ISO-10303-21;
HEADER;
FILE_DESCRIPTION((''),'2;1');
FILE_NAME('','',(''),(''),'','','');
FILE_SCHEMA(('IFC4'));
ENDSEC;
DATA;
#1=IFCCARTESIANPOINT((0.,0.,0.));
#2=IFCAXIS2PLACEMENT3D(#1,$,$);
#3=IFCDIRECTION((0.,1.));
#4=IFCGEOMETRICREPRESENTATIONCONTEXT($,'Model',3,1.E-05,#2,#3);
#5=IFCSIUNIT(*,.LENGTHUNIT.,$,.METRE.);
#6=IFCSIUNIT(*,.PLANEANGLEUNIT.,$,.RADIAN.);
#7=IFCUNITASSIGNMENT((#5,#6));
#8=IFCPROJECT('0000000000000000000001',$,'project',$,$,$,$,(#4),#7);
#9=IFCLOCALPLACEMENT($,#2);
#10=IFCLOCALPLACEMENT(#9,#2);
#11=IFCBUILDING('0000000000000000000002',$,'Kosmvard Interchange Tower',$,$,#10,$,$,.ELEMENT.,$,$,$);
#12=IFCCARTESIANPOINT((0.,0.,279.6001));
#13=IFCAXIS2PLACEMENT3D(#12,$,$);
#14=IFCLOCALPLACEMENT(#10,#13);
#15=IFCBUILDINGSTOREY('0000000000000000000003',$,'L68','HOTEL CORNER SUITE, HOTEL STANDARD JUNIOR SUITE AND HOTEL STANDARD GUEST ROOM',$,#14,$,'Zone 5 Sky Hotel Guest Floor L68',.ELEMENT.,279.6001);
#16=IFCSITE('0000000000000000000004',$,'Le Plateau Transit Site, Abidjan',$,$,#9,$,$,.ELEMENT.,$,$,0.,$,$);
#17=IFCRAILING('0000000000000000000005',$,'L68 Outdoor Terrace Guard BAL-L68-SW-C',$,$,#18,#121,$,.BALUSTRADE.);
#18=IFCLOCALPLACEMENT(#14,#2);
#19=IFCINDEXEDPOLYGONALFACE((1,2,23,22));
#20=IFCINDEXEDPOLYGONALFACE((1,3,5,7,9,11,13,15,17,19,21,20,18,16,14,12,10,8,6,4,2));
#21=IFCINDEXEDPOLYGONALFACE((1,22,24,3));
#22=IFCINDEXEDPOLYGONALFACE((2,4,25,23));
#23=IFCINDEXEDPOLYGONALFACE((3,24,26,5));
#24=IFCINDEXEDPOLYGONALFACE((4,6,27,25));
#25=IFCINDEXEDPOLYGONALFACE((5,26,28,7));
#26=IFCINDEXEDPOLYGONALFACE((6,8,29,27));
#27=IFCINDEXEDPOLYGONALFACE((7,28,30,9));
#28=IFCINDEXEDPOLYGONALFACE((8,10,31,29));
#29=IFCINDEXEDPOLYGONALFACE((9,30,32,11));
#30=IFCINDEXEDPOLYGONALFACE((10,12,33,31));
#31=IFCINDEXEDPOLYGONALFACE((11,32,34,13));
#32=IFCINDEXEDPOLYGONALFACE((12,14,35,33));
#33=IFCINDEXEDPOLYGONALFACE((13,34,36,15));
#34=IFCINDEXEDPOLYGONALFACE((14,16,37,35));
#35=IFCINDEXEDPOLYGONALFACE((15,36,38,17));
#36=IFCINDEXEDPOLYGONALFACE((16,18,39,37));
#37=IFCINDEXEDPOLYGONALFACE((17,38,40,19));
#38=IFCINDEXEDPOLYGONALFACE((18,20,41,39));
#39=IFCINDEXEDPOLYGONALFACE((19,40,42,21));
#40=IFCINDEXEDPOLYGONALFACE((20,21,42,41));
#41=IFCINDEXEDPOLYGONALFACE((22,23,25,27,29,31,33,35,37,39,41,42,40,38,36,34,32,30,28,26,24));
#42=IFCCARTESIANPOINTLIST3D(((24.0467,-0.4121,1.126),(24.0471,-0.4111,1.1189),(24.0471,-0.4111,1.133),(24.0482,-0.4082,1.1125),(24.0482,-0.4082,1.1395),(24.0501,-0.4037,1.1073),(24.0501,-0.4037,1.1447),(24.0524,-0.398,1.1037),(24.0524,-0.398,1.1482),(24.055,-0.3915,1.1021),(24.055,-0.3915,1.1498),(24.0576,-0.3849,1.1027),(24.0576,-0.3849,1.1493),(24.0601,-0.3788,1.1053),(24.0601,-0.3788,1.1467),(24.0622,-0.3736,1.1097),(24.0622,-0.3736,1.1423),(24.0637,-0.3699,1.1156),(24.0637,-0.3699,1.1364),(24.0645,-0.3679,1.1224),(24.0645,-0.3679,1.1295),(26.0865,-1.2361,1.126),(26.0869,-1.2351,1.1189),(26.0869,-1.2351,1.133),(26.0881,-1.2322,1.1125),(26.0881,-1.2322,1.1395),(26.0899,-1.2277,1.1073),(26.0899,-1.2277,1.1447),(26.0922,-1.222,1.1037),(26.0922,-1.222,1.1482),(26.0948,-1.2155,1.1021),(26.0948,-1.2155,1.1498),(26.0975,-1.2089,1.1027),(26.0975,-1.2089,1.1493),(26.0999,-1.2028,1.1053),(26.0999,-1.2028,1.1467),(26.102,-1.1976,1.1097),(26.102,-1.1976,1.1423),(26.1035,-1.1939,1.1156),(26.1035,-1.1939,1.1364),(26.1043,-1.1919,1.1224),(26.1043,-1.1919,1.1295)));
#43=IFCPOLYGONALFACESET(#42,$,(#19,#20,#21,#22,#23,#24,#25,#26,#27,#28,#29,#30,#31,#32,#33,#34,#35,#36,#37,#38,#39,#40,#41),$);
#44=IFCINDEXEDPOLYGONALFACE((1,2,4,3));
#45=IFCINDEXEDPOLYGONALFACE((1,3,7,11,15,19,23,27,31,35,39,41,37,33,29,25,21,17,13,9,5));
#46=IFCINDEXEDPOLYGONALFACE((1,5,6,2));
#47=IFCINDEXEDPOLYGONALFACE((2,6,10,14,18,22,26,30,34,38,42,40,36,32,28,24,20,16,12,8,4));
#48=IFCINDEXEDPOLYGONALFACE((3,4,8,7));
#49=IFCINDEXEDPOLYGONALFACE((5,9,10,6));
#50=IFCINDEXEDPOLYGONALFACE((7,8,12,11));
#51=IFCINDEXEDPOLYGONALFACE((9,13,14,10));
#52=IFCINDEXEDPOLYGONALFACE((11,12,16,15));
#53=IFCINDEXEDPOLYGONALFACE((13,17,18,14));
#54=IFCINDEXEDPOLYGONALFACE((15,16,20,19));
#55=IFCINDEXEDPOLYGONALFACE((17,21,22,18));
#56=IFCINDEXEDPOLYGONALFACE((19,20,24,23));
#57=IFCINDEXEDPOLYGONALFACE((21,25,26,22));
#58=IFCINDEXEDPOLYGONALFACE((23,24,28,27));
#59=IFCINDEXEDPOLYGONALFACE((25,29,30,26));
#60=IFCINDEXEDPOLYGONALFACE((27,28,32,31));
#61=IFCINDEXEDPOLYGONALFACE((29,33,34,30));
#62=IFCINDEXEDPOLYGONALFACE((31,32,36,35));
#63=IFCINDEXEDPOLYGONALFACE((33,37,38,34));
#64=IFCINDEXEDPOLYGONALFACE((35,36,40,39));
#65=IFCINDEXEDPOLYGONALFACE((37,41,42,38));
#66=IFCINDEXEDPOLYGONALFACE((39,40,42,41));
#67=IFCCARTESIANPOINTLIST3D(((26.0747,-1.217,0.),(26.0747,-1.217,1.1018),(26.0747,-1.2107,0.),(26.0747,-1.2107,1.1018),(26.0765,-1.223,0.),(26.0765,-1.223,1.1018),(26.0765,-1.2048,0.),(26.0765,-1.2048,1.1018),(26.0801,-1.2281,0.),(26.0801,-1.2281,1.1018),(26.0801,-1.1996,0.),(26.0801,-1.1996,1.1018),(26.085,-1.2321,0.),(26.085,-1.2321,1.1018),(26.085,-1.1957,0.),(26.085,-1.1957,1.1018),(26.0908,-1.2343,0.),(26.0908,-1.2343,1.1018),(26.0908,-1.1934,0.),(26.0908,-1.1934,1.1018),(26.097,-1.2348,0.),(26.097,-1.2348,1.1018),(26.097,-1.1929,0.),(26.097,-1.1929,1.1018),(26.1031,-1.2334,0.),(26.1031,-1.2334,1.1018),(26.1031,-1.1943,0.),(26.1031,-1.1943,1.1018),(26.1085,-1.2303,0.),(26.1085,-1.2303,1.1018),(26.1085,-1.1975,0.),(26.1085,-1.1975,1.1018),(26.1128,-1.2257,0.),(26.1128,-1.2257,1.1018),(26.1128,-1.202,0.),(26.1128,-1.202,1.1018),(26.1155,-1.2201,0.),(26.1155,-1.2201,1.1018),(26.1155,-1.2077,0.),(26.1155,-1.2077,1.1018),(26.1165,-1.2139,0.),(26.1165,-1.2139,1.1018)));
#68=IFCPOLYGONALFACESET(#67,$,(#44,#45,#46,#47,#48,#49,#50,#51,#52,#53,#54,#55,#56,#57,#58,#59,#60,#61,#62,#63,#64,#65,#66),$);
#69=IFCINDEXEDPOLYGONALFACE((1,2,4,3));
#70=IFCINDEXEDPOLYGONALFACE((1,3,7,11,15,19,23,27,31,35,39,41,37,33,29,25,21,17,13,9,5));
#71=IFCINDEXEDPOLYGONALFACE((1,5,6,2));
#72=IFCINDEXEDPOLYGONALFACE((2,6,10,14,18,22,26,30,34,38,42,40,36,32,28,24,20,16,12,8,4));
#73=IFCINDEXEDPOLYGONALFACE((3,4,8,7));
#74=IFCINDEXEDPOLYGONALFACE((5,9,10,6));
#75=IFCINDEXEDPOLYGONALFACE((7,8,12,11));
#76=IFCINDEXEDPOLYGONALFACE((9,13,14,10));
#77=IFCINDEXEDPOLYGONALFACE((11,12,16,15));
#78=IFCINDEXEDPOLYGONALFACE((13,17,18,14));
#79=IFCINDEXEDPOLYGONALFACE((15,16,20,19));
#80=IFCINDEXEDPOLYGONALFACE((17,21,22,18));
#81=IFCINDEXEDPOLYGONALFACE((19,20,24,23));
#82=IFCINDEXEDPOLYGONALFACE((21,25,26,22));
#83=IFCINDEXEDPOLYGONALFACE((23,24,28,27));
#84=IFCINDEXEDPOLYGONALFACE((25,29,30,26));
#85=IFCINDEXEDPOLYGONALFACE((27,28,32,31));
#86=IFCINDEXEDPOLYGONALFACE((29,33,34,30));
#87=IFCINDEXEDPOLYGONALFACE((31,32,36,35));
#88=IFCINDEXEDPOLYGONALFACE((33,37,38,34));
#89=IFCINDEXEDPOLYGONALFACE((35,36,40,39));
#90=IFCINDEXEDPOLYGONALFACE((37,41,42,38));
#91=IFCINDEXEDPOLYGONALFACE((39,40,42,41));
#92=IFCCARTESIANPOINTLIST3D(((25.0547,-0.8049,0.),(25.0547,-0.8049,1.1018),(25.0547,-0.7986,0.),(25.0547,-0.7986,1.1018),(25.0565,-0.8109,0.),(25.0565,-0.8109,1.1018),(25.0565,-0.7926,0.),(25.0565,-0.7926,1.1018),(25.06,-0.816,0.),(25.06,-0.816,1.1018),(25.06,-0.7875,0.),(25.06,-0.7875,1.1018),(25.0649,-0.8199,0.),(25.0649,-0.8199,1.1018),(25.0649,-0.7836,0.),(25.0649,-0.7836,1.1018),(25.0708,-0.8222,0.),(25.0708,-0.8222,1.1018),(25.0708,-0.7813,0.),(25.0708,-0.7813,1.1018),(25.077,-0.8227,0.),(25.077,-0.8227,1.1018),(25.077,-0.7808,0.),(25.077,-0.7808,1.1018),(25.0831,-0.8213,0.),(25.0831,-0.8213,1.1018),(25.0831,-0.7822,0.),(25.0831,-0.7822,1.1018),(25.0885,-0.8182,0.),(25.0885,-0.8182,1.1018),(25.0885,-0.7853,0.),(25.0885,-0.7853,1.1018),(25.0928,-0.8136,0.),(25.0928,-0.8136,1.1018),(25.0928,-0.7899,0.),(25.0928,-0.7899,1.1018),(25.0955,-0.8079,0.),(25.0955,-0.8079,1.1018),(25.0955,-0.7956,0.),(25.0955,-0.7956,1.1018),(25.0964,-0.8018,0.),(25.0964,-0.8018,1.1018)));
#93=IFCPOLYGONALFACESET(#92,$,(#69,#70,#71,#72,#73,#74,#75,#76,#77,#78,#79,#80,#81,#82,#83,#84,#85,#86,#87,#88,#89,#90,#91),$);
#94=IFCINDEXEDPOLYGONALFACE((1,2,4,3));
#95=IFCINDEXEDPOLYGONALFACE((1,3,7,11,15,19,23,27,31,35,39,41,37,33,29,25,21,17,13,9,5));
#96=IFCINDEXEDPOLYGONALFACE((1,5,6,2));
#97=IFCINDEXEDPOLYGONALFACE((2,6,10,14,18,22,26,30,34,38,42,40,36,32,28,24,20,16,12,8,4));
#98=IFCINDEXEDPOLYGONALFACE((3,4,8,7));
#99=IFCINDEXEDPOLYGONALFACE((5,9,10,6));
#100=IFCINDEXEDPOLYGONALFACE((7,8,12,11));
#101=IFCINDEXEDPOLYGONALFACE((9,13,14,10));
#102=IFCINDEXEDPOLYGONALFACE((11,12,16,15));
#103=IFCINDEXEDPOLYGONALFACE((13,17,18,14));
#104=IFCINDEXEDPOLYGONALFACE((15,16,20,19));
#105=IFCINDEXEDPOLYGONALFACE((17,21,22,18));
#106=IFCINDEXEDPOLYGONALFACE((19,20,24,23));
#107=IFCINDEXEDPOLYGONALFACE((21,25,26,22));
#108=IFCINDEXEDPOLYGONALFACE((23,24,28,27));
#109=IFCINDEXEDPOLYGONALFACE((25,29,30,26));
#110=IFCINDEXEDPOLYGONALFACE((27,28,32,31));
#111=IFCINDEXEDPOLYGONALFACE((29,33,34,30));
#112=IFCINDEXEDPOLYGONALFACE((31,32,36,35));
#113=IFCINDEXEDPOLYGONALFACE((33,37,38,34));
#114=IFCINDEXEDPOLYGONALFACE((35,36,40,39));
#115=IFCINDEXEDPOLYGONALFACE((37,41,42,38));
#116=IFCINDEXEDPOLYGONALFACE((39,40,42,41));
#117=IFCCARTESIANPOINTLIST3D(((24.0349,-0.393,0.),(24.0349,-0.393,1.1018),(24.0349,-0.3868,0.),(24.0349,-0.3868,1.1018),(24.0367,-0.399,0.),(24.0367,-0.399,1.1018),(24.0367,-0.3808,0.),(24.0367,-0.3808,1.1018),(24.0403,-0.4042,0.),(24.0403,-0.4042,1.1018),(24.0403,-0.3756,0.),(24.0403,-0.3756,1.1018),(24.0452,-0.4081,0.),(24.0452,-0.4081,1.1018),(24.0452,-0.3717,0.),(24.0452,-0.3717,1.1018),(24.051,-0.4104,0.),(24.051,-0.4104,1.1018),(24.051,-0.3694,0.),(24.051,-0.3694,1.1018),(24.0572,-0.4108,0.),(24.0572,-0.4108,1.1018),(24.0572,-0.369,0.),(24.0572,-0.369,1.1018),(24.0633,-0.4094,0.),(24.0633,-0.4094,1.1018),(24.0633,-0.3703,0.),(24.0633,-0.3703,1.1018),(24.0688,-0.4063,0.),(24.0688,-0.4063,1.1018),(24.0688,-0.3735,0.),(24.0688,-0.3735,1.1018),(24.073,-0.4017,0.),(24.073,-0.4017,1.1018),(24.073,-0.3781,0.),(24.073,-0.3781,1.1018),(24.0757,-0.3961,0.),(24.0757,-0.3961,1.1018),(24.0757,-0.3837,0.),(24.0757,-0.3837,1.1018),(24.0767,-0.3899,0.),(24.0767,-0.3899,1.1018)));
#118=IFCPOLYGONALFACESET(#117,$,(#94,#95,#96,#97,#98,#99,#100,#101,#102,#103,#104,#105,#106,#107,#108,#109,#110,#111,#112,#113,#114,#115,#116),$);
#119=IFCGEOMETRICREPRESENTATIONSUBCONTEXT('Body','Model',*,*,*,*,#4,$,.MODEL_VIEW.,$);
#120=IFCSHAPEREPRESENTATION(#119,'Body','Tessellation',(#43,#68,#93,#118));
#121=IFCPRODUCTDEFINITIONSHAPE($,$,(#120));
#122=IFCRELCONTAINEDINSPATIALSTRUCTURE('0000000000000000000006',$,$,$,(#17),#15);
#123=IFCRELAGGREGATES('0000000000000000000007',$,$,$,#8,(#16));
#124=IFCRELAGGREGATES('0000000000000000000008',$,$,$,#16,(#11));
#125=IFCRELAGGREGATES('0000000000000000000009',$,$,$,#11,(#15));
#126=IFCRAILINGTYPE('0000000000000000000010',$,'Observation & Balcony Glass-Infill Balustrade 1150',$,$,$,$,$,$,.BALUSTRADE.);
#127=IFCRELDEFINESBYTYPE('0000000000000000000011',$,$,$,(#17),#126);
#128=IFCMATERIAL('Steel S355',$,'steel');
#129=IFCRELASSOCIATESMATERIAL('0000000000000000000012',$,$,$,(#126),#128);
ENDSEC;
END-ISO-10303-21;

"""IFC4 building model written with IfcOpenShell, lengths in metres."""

from ifc_helpers import new_model, si_unit, direction, frame, origin, origin_2d, place, context, subcontext, project, spatial, circle, extrude, source, transform, mapped, material, type_object, element, save


model = new_model("IFC4")

# Units and contexts
model_context = context("Model", 3, precision=1e-05, world=origin(), true_north=direction((0.0, 1.0)))
body_context = subcontext(model_context, "Body", "Model", "MODEL_VIEW")
ifc_project = project(units=[si_unit("LENGTHUNIT", "METRE"), si_unit("PLANEANGLEUNIT", "RADIAN")], contexts=[model_context])

# Site, building, storey
site_placement = place(None, origin())
site = spatial("IfcSite", under=ifc_project, at=site_placement, Name="Le Plateau Transit Site, Abidjan", CompositionType="ELEMENT", RefElevation=0.0)
building_placement = place(site_placement, origin())
building = spatial("IfcBuilding", under=site, at=building_placement, Name="Kosmvard Interchange Tower", CompositionType="ELEMENT")
storey_placement = place(building_placement, frame((0.0, 0.0, 279.6001)))
storey = spatial("IfcBuildingStorey", under=building, at=storey_placement, Name="L68", Description="HOTEL CORNER SUITE, HOTEL STANDARD JUNIOR SUITE AND HOTEL STANDARD GUEST ROOM", LongName="Zone 5 Sky Hotel Guest Floor L68", CompositionType="ELEMENT", Elevation=279.6001)

# Shared definitions
ifc_material_1 = material(Name="Steel S355", Category="steel")

# Railing
railing_type = type_object("IfcRailingType", Name="Observation & Balcony Glass-Infill Balustrade 1150", PredefinedType="BALUSTRADE", material=ifc_material_1)
shared_shape_1 = source(origin(), body_context, "Body", "SweptSolid", [
    extrude(circle(Radius=0.0239, at=origin_2d()), frame((0.0, 0.0, 1.126), z_axis=(-0.927208, 0.374546, 0.0), x_axis=(-0.374546, -0.927208, 0.0)), (0.0, 0.0, 1.0), 2.2),
    extrude(circle(Radius=0.021, at=origin_2d()), origin(), (0.0, 0.0, 1.0), 1.1018),
    extrude(circle(Radius=0.021, at=origin_2d()), frame((-1.02, 0.4121, 0.0)), (0.0, 0.0, 1.0), 1.1018),
    extrude(circle(Radius=0.021, at=origin_2d()), frame((-2.0398, 0.824, 0.0)), (0.0, 0.0, 1.0), 1.1018),
])
railing_1_placement = place(storey_placement, frame((26.0955, -1.2139, 0.0)))
element("IfcRailing", 1, at=railing_1_placement, inside=storey, type_object=railing_type, Name="L68 Outdoor Terrace Guard BAL-L68-SW-C", PredefinedType="BALUSTRADE", context=body_context, shape_type="MappedRepresentation", body=[
    mapped(shared_shape_1, transform((0.0, 0.0, 0.0), scale=1.0)),
])

save(model, "model.ifc")
